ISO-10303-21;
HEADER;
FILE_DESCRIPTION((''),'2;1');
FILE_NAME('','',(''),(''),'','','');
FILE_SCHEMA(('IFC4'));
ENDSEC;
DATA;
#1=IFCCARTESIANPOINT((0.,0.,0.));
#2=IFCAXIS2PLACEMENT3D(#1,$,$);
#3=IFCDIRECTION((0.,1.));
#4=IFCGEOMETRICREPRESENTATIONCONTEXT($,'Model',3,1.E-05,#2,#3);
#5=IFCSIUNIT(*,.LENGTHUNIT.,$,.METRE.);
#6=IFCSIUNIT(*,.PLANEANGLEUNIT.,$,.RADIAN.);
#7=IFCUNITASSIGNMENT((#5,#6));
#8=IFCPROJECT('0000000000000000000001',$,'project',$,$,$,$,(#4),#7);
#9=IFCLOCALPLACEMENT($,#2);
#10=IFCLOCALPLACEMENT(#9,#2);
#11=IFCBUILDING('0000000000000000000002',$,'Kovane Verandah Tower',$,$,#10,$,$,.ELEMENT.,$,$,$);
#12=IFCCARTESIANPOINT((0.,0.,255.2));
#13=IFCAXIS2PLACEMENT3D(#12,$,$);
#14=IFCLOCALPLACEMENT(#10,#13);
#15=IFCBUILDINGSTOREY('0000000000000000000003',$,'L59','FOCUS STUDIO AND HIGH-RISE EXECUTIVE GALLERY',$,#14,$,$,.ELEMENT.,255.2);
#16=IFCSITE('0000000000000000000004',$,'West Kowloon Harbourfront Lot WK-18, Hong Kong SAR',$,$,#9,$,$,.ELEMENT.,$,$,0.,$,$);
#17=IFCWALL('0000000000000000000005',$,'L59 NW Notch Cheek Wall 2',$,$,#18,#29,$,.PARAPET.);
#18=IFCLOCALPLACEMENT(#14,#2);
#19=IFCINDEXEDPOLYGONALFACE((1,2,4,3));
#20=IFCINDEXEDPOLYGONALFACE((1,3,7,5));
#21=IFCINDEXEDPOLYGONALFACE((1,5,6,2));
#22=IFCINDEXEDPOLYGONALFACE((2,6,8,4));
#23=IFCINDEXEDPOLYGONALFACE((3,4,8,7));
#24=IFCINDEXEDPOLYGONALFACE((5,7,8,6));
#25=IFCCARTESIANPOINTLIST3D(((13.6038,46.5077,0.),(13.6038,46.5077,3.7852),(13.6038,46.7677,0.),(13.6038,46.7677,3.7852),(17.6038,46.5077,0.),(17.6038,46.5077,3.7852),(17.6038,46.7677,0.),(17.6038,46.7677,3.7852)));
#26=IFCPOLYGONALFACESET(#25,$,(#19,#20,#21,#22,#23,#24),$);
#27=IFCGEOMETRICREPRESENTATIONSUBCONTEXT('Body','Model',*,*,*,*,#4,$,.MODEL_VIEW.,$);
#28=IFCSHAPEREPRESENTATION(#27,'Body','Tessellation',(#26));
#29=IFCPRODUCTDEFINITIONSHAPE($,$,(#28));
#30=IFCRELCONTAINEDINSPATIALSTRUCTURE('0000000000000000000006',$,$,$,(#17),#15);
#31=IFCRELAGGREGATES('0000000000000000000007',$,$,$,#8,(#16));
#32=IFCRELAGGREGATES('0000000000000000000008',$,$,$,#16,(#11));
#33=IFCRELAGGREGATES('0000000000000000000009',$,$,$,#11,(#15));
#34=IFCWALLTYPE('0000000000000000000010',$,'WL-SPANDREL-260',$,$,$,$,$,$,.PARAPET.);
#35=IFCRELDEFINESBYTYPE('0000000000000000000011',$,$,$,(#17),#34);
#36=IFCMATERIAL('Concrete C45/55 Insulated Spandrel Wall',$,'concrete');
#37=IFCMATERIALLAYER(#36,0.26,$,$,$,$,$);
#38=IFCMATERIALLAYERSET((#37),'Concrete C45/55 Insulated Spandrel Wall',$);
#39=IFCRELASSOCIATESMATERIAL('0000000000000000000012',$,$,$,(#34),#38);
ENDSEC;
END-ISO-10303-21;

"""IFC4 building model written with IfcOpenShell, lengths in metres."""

from ifc_helpers import new_model, si_unit, direction, frame, frame_2d, origin, place, context, subcontext, project, spatial, rectangle, extrude, material, layer, layer_set, type_object, element, save


model = new_model("IFC4")

# Units and contexts
model_context = context("Model", 3, precision=1e-05, world=origin(), true_north=direction((0.0, 1.0)))
body_context = subcontext(model_context, "Body", "Model", "MODEL_VIEW")
ifc_project = project(units=[si_unit("LENGTHUNIT", "METRE"), si_unit("PLANEANGLEUNIT", "RADIAN")], contexts=[model_context])

# Site, building, storey
site_placement = place(None, origin())
site = spatial("IfcSite", under=ifc_project, at=site_placement, Name="West Kowloon Harbourfront Lot WK-18, Hong Kong SAR", CompositionType="ELEMENT", RefElevation=0.0)
building_placement = place(site_placement, origin())
building = spatial("IfcBuilding", under=site, at=building_placement, Name="Kovane Verandah Tower", CompositionType="ELEMENT")
storey_placement = place(building_placement, frame((0.0, 0.0, 255.2)))
storey = spatial("IfcBuildingStorey", under=building, at=storey_placement, Name="L59", Description="FOCUS STUDIO AND HIGH-RISE EXECUTIVE GALLERY", CompositionType="ELEMENT", Elevation=255.2)

# Shared definitions
ifc_material_1 = material(Name="Concrete C45/55 Insulated Spandrel Wall", Category="concrete")
ifc_layer_1 = layer(ifc_material_1, 0.26)
ifc_layer_set_1 = layer_set([ifc_layer_1], Name="Concrete C45/55 Insulated Spandrel Wall")
wall_type_1 = type_object("IfcWallType", Name="WL-SPANDREL-260", PredefinedType="PARAPET", material=ifc_layer_set_1)

# Wall
wall_1_placement = place(storey_placement, frame((17.6038, 46.6377, 0.0), z_axis=(0.0, 0.0, 1.0), x_axis=(-1.0, 0.0, 0.0)))
element("IfcWall", 1, at=wall_1_placement, inside=storey, type_object=wall_type_1, Name="L59 NW Notch Cheek Wall 2", PredefinedType="PARAPET", context=body_context, shape_type="SweptSolid", body=[
    extrude(rectangle(XDim=4.0, YDim=0.26, at=frame_2d((2.0, 0.0))), origin(), (0.0, 0.0, 1.0), 3.7852),
])

save(model, "model.ifc")
